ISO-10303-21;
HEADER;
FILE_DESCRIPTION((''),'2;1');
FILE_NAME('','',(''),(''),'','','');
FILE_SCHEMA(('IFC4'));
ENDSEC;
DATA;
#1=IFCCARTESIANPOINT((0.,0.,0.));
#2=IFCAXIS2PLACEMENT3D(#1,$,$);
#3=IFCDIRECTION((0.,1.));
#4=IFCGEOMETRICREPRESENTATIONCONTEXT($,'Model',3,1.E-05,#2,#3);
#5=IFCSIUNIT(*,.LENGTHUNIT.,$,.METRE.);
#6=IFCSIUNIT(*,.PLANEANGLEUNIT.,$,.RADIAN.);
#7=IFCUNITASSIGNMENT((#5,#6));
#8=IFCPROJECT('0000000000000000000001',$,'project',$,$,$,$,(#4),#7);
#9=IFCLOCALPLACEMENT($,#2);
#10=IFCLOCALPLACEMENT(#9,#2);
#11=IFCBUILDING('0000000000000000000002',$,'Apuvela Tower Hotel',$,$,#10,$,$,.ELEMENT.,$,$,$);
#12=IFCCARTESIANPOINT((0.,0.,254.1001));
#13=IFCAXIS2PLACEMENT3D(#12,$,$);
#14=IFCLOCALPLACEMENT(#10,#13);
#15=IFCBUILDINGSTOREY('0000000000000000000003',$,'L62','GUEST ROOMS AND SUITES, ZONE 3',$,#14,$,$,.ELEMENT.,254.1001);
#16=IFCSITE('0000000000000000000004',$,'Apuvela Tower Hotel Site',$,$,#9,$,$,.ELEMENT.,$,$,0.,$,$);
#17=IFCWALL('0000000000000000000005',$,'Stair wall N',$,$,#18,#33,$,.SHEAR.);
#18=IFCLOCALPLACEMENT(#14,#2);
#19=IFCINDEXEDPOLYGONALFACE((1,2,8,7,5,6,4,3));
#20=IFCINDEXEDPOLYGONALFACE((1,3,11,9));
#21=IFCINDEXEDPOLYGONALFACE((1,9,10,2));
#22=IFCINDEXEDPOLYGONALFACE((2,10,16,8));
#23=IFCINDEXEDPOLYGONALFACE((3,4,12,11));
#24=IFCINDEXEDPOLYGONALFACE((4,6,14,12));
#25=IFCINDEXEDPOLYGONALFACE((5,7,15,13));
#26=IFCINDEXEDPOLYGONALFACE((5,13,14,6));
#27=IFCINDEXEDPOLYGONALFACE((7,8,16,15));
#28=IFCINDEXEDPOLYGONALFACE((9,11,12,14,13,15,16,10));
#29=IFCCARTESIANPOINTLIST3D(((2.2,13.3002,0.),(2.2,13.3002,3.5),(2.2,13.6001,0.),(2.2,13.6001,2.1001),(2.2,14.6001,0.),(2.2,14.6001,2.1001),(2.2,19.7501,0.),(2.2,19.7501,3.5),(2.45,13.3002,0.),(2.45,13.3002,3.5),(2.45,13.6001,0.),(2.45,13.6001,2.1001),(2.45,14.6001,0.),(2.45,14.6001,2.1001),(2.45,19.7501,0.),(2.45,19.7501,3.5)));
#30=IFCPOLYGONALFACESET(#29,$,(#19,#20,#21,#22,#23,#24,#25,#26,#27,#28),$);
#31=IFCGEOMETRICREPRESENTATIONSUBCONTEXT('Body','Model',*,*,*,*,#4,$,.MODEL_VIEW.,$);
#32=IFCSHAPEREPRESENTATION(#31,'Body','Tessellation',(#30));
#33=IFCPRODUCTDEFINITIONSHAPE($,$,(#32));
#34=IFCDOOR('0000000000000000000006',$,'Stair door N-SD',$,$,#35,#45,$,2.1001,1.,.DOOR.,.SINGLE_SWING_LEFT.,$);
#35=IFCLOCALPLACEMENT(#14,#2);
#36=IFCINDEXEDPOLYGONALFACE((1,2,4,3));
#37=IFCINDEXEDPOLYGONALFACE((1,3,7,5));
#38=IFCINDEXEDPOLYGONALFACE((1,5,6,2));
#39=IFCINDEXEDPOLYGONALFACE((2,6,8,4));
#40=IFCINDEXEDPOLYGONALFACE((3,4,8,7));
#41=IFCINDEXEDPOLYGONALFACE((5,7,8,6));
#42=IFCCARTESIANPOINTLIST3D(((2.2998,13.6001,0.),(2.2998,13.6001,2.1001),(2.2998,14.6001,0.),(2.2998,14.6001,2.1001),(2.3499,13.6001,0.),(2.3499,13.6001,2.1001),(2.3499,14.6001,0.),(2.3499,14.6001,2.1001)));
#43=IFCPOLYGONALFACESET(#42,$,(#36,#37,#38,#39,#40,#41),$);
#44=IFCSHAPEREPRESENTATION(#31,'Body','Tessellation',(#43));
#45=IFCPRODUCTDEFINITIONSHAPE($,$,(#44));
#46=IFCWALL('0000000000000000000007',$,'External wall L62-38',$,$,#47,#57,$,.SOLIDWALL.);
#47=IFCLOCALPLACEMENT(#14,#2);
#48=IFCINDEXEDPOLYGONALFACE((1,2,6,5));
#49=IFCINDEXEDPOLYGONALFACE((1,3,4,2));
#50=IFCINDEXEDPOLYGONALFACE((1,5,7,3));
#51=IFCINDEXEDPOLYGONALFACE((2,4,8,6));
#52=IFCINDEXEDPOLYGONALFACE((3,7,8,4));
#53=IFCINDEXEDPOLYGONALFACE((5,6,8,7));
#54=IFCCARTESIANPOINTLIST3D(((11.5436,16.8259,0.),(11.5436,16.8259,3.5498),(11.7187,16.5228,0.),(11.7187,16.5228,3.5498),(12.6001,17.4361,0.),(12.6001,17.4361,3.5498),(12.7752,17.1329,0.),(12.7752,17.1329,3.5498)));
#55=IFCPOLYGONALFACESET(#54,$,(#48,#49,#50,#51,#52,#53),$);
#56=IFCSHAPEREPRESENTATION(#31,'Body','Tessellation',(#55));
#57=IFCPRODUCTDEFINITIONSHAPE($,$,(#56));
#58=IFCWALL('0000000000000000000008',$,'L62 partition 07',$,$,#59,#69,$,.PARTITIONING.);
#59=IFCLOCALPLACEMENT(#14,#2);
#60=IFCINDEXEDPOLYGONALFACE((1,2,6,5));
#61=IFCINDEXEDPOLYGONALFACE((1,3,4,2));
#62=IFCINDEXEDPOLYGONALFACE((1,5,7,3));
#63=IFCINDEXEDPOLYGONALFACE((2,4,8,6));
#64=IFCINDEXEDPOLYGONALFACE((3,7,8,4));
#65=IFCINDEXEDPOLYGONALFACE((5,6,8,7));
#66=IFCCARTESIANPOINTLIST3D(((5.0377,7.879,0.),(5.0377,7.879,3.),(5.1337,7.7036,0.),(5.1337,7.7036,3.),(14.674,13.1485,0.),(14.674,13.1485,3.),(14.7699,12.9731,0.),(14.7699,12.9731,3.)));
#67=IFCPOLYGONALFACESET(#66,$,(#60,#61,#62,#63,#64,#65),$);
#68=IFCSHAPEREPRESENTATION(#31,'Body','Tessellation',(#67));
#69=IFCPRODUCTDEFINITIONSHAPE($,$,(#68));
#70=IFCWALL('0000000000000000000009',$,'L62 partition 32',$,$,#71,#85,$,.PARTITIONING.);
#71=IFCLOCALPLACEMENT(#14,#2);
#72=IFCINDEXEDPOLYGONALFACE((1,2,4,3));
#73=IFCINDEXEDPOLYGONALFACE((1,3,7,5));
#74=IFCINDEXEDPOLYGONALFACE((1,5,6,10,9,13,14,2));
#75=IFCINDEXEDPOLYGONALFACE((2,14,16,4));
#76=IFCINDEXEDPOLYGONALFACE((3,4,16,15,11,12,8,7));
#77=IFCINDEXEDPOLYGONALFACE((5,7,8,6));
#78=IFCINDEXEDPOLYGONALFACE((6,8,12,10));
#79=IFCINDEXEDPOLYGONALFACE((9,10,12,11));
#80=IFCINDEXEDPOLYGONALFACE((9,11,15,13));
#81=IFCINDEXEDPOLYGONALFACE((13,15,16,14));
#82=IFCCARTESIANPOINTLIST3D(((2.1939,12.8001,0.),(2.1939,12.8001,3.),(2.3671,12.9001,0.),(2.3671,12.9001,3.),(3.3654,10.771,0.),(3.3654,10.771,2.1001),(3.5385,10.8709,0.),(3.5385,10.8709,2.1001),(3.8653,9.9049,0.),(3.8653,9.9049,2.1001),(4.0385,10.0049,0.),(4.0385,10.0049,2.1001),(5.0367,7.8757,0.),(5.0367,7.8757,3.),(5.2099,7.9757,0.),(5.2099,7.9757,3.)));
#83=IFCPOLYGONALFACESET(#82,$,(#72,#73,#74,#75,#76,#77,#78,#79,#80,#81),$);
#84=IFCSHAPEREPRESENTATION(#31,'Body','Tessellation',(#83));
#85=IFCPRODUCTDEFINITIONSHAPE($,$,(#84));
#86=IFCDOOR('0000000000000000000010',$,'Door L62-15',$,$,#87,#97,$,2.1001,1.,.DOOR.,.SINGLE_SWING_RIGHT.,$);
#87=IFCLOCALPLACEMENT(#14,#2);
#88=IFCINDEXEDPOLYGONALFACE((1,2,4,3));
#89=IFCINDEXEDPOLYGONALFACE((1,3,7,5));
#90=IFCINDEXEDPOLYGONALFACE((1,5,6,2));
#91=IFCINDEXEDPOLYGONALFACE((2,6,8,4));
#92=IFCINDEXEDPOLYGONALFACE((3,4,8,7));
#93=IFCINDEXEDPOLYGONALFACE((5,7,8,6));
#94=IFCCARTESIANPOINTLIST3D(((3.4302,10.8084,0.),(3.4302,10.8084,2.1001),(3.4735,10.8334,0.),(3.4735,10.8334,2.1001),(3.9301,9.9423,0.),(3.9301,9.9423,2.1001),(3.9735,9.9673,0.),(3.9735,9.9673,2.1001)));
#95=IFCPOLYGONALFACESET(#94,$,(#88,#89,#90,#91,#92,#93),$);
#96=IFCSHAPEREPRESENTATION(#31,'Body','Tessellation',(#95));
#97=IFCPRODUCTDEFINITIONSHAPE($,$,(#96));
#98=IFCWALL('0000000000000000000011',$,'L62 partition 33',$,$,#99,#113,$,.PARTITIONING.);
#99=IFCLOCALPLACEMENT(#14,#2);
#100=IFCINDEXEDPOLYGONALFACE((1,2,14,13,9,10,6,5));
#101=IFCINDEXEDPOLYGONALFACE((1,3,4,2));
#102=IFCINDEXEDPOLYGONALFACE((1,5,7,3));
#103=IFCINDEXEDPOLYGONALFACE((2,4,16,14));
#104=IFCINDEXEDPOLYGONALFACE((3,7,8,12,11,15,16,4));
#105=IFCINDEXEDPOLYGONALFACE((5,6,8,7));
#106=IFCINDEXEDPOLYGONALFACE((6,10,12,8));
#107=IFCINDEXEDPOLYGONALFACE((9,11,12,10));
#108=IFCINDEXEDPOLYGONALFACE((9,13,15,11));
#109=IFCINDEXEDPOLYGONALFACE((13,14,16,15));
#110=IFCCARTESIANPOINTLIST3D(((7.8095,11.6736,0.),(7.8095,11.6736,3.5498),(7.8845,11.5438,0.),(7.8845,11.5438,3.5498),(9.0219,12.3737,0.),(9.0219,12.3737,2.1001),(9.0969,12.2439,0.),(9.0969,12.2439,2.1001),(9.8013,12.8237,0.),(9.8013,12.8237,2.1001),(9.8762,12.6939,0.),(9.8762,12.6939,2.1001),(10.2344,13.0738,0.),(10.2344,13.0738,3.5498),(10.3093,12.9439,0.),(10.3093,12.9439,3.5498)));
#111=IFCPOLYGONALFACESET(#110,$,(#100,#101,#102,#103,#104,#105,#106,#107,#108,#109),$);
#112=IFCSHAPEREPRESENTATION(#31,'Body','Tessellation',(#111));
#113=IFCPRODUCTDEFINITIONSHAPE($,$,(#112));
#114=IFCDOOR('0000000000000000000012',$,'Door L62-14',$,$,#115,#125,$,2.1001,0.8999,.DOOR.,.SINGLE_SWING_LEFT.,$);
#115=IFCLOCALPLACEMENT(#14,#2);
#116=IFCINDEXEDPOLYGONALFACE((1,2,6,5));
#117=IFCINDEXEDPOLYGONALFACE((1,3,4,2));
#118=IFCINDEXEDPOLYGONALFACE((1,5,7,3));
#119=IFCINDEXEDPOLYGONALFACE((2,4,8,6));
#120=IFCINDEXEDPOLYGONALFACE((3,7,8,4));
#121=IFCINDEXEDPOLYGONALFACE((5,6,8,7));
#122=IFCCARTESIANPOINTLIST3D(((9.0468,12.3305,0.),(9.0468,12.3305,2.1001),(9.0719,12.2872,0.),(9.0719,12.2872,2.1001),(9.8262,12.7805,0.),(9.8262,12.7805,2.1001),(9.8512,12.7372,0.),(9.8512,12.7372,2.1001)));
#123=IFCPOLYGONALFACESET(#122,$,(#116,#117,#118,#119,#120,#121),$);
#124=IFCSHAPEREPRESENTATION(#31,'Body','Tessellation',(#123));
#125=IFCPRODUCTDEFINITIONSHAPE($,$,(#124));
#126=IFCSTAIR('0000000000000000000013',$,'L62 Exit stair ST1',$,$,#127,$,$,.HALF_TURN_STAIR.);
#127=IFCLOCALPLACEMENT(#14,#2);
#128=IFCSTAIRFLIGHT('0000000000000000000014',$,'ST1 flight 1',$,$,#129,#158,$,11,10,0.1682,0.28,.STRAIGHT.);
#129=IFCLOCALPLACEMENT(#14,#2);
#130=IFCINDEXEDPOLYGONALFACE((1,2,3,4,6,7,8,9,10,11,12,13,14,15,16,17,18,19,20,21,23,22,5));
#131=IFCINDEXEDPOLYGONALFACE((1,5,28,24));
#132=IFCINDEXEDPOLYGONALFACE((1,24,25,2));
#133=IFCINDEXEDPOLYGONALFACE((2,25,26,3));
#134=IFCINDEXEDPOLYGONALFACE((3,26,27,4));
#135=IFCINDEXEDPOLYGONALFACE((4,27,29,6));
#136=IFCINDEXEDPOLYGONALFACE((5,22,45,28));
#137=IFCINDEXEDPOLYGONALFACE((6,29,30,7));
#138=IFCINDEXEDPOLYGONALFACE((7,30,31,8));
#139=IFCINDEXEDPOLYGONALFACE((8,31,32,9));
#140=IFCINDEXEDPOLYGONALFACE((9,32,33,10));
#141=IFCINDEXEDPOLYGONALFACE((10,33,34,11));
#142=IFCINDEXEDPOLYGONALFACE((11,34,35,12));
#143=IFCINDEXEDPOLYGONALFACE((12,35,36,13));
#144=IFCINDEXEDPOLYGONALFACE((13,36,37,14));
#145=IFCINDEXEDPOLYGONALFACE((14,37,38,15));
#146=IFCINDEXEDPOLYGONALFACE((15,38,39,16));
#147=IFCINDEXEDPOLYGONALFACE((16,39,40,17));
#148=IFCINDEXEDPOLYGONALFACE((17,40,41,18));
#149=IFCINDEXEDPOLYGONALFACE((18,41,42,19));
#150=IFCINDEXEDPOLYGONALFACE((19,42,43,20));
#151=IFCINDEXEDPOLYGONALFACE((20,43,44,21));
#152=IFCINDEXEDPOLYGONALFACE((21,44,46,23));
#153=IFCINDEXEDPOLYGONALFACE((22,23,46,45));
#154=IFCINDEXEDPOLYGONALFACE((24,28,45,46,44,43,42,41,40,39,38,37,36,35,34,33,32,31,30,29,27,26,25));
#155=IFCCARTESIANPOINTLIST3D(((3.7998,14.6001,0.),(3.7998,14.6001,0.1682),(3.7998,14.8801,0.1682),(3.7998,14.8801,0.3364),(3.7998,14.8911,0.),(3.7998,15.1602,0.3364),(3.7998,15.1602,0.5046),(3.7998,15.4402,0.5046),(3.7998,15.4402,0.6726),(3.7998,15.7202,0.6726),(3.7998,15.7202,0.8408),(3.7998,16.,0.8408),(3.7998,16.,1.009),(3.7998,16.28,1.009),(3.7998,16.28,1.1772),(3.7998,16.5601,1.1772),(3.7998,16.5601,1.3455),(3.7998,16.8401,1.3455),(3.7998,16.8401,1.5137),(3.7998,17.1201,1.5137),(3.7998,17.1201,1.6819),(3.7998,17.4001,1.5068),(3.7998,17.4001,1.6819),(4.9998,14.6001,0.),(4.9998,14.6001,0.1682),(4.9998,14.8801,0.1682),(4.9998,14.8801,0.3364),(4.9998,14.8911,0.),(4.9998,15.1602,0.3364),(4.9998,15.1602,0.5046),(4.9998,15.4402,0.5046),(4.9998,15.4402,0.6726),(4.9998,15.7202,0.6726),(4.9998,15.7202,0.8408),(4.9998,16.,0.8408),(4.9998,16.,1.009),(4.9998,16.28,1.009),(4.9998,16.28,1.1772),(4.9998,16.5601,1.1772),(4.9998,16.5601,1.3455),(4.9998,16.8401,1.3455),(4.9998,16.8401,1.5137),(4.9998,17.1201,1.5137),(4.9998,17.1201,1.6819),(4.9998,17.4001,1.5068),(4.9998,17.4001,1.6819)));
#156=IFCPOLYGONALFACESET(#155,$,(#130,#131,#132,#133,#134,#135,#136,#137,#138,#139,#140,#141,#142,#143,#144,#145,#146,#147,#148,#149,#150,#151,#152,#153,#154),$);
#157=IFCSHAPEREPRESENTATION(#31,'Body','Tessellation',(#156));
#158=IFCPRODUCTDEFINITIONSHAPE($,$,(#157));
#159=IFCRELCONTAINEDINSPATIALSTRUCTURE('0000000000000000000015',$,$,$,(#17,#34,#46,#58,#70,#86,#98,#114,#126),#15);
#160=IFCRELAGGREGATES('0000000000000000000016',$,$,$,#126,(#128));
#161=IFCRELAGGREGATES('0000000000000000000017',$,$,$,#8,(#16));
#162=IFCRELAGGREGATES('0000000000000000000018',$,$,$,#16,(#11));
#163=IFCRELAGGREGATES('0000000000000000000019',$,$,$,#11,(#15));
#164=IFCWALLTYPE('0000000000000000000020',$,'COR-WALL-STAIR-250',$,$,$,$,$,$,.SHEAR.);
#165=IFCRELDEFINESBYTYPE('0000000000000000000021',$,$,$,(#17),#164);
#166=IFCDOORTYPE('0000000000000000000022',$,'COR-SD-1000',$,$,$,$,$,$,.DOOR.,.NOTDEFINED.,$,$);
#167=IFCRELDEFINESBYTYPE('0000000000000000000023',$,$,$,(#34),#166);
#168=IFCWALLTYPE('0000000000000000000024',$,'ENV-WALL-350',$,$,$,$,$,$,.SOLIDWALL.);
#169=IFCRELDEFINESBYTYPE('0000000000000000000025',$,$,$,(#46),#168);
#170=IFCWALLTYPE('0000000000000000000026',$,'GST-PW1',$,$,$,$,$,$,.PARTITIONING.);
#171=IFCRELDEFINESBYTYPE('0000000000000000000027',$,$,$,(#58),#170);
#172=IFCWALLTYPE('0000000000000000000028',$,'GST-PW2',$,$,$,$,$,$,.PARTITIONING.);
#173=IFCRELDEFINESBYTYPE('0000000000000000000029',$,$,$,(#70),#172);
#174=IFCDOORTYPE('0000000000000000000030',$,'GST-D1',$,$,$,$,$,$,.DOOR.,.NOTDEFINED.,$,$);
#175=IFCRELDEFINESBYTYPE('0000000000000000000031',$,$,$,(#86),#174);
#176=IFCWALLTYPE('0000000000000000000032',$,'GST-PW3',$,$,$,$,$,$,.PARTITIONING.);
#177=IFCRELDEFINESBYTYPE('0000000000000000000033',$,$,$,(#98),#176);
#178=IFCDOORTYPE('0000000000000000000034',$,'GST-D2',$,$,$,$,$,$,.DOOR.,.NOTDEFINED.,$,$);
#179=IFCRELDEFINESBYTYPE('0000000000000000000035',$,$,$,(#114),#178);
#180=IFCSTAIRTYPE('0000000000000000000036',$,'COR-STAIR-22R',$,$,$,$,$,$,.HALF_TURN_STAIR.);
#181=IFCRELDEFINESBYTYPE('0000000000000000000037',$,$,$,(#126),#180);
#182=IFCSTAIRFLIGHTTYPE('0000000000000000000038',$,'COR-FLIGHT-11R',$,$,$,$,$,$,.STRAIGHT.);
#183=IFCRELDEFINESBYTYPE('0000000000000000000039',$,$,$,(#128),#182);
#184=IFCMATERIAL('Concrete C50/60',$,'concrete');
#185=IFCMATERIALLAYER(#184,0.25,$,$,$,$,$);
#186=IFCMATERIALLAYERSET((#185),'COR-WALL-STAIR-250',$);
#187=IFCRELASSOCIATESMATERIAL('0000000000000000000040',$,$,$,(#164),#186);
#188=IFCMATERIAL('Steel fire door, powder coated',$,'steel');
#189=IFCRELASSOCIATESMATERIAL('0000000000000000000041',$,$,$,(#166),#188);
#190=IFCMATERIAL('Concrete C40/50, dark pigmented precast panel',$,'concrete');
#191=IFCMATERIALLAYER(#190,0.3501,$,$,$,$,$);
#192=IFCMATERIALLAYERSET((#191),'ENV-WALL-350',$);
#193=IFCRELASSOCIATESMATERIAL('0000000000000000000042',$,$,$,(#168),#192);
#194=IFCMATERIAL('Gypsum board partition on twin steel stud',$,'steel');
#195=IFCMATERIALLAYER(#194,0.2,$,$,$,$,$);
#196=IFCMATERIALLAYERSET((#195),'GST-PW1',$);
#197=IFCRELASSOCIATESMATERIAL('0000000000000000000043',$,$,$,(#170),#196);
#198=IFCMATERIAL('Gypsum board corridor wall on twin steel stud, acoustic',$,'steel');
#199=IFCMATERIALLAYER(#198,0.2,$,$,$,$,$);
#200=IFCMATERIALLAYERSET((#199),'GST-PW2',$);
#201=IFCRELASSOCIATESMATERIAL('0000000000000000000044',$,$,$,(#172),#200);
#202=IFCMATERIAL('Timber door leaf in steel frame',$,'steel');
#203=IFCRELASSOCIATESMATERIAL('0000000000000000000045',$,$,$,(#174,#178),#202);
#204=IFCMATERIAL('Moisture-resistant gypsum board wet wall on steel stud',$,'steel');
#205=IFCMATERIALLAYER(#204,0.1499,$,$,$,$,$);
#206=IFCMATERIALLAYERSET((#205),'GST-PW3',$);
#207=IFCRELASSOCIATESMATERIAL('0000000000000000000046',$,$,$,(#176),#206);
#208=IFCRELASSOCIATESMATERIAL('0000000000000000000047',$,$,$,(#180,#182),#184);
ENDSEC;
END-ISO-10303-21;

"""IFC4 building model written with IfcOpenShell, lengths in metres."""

from ifc_helpers import new_model, si_unit, direction, frame, frame_2d, origin, place, context, subcontext, project, spatial, polyline, rectangle, outline, extrude, material, layer, layer_set, type_object, element, fill, aggregate, save


model = new_model("IFC4")

# Units and contexts
model_context = context("Model", 3, precision=1e-05, world=origin(), true_north=direction((0.0, 1.0)))
body_context = subcontext(model_context, "Body", "Model", "MODEL_VIEW")
ifc_project = project(units=[si_unit("LENGTHUNIT", "METRE"), si_unit("PLANEANGLEUNIT", "RADIAN")], contexts=[model_context])

# Site, building, storey
site_placement = place(None, origin())
site = spatial("IfcSite", under=ifc_project, at=site_placement, Name="Apuvela Tower Hotel Site", CompositionType="ELEMENT", RefElevation=0.0)
building_placement = place(site_placement, origin())
building = spatial("IfcBuilding", under=site, at=building_placement, Name="Apuvela Tower Hotel", CompositionType="ELEMENT")
storey_placement = place(building_placement, frame((0.0, 0.0, 254.1001)))
storey = spatial("IfcBuildingStorey", under=building, at=storey_placement, Name="L62", Description="GUEST ROOMS AND SUITES, ZONE 3", CompositionType="ELEMENT", Elevation=254.1001)

# Shared definitions
ifc_material_1 = material(Name="Concrete C50/60", Category="concrete")
ifc_material_2 = material(Name="Steel fire door, powder coated", Category="steel")

# Wall, opening, door
ifc_layer_1 = layer(ifc_material_1, 0.25)
ifc_layer_set_1 = layer_set([ifc_layer_1], Name="COR-WALL-STAIR-250")
wall_type_1 = type_object("IfcWallType", Name="COR-WALL-STAIR-250", PredefinedType="SHEAR", material=ifc_layer_set_1)
wall_1_placement = place(storey_placement, frame((2.325, 13.3, 0.0), z_axis=(0.0, 0.0, 1.0), x_axis=(0.0, 1.0, 0.0)))
wall_1 = element("IfcWall", 1, at=wall_1_placement, inside=storey, type_object=wall_type_1, Name="Stair wall N", PredefinedType="SHEAR", context=body_context, shape_type="SweptSolid", body=[
    extrude(rectangle(XDim=6.45, YDim=0.25, at=frame_2d((3.2251, 0.0))), origin(), (0.0, 0.0, 1.0), 3.5),
])
opening_1_placement = place(wall_1_placement, frame((0.3, 0.0, 0.0)))
opening_1 = element("IfcOpeningElement", 2, at=opening_1_placement, cuts=wall_1, PredefinedType="OPENING", context=body_context, shape_type="SweptSolid", body=[
    extrude(rectangle(XDim=1.0, YDim=2.1001, at=frame_2d((0.5, 1.05))), frame((0.0, 0.135, 0.0), z_axis=(0.0, -1.0, 0.0), x_axis=(1.0, 0.0, 0.0)), (0.0, 0.0, 1.0), 0.27),
])
door_type_1 = type_object("IfcDoorType", Name="COR-SD-1000", OperationType="NOTDEFINED", PredefinedType="DOOR", material=ifc_material_2)
door_1_placement = place(opening_1_placement, frame((1.0, 0.0, 0.0), z_axis=(0.0, 0.0, 1.0), x_axis=(-1.0, 0.0, 0.0)))
door_1 = element("IfcDoor", 3, at=door_1_placement, inside=storey, type_object=door_type_1, Name="Stair door N-SD", OperationType="SINGLE_SWING_LEFT", OverallHeight=2.1001, OverallWidth=1.0, PredefinedType="DOOR", context=body_context, shape_type="SweptSolid", body=[
    extrude(rectangle(XDim=1.0, YDim=2.1001, at=frame_2d((0.5, 1.05))), frame((0.0, 0.0249, 0.0), z_axis=(0.0, -1.0, 0.0), x_axis=(1.0, 0.0, 0.0)), (0.0, 0.0, 1.0), 0.05),
])
fill(opening_1, door_1)

# Wall
ifc_material_3 = material(Name="Concrete C40/50, dark pigmented precast panel", Category="concrete")
ifc_layer_2 = layer(ifc_material_3, 0.3501)
ifc_layer_set_2 = layer_set([ifc_layer_2], Name="ENV-WALL-350")
wall_type_2 = type_object("IfcWallType", Name="ENV-WALL-350", PredefinedType="SOLIDWALL", material=ifc_layer_set_2)
wall_2_placement = place(storey_placement, frame((12.6875, 17.2844, 0.0), z_axis=(0.0, 0.0, 1.0), x_axis=(-0.865956, -0.500121, 0.0)))
element("IfcWall", 4, at=wall_2_placement, inside=storey, type_object=wall_type_2, Name="External wall L62-38", PredefinedType="SOLIDWALL", context=body_context, shape_type="SweptSolid", body=[
    extrude(rectangle(XDim=1.22, YDim=0.3501, at=frame_2d((0.6099, 0.0))), origin(), (0.0, 0.0, 1.0), 3.5498),
])

# Wall
ifc_material_4 = material(Name="Gypsum board partition on twin steel stud", Category="steel")
ifc_layer_3 = layer(ifc_material_4, 0.2)
ifc_layer_set_3 = layer_set([ifc_layer_3], Name="GST-PW1")
wall_type_3 = type_object("IfcWallType", Name="GST-PW1", PredefinedType="PARTITIONING", material=ifc_layer_set_3)
wall_3_placement = place(storey_placement, frame((14.7219, 13.0608, 0.0), z_axis=(0.0, 0.0, 1.0), x_axis=(-0.877382, -0.479793, 0.0)))
element("IfcWall", 5, at=wall_3_placement, inside=storey, type_object=wall_type_3, Name="L62 partition 07", PredefinedType="PARTITIONING", context=body_context, shape_type="SweptSolid", body=[
    extrude(rectangle(XDim=10.9829, YDim=0.2, at=frame_2d((5.4915, 0.0))), origin(), (0.0, 0.0, 1.0), 3.0),
])

# Walls, openings, doors
ifc_material_5 = material(Name="Gypsum board corridor wall on twin steel stud, acoustic", Category="steel")
ifc_layer_4 = layer(ifc_material_5, 0.2)
ifc_layer_set_4 = layer_set([ifc_layer_4], Name="GST-PW2")
wall_type_4 = type_object("IfcWallType", Name="GST-PW2", PredefinedType="PARTITIONING", material=ifc_layer_set_4)
wall_4_placement = place(storey_placement, frame((2.2805, 12.8501, 0.0), z_axis=(0.0, 0.0, 1.0), x_axis=(0.499963, -0.866047, 0.0)))
wall_4 = element("IfcWall", 6, at=wall_4_placement, inside=storey, type_object=wall_type_4, Name="L62 partition 32", PredefinedType="PARTITIONING", context=body_context, shape_type="SweptSolid", body=[
    extrude(rectangle(XDim=5.686, YDim=0.2, at=frame_2d((2.843, 0.0))), origin(), (0.0, 0.0, 1.0), 3.0),
])
opening_2_placement = place(wall_4_placement, frame((2.343, 0.0, 0.0)))
opening_2 = element("IfcOpeningElement", 7, at=opening_2_placement, cuts=wall_4, PredefinedType="OPENING", context=body_context, shape_type="SweptSolid", body=[
    extrude(rectangle(XDim=1.0, YDim=2.1001, at=frame_2d((0.5, 1.05))), frame((0.0, 0.1099, 0.0), z_axis=(0.0, -1.0, 0.0), x_axis=(1.0, 0.0, 0.0)), (0.0, 0.0, 1.0), 0.22),
])
ifc_material_6 = material(Name="Timber door leaf in steel frame", Category="steel")
door_type_2 = type_object("IfcDoorType", Name="GST-D1", OperationType="NOTDEFINED", PredefinedType="DOOR", material=ifc_material_6)
door_2_placement = place(opening_2_placement, origin())
door_2 = element("IfcDoor", 8, at=door_2_placement, inside=storey, type_object=door_type_2, Name="Door L62-15", OperationType="SINGLE_SWING_RIGHT", OverallHeight=2.1001, OverallWidth=1.0, PredefinedType="DOOR", context=body_context, shape_type="SweptSolid", body=[
    extrude(rectangle(XDim=1.0, YDim=2.1001, at=frame_2d((0.5, 1.05))), frame((0.0, 0.0249, 0.0), z_axis=(0.0, -1.0, 0.0), x_axis=(1.0, 0.0, 0.0)), (0.0, 0.0, 1.0), 0.05),
])
fill(opening_2, door_2)
ifc_material_7 = material(Name="Moisture-resistant gypsum board wet wall on steel stud", Category="steel")
ifc_layer_5 = layer(ifc_material_7, 0.1499)
ifc_layer_set_5 = layer_set([ifc_layer_5], Name="GST-PW3")
wall_type_5 = type_object("IfcWallType", Name="GST-PW3", PredefinedType="PARTITIONING", material=ifc_layer_set_5)
wall_5_placement = place(storey_placement, frame((10.2717, 13.0088, 0.0), z_axis=(0.0, 0.0, 1.0), x_axis=(-0.865997, -0.50005, 0.0)))
wall_5 = element("IfcWall", 9, at=wall_5_placement, inside=storey, type_object=wall_type_5, Name="L62 partition 33", PredefinedType="PARTITIONING", context=body_context, shape_type="SweptSolid", body=[
    extrude(rectangle(XDim=2.8, YDim=0.1499, at=frame_2d((1.3999, 0.0))), origin(), (0.0, 0.0, 1.0), 3.5498),
])
opening_3_placement = place(wall_5_placement, frame((0.5, 0.0, 0.0)))
opening_3 = element("IfcOpeningElement", 10, at=opening_3_placement, cuts=wall_5, PredefinedType="OPENING", context=body_context, shape_type="SweptSolid", body=[
    extrude(rectangle(XDim=0.8999, YDim=2.1001, at=frame_2d((0.45, 1.05))), frame((0.0, 0.085, 0.0), z_axis=(0.0, -1.0, 0.0), x_axis=(1.0, 0.0, 0.0)), (0.0, 0.0, 1.0), 0.1699),
])
door_type_3 = type_object("IfcDoorType", Name="GST-D2", OperationType="NOTDEFINED", PredefinedType="DOOR", material=ifc_material_6)
door_3_placement = place(opening_3_placement, origin())
door_3 = element("IfcDoor", 11, at=door_3_placement, inside=storey, type_object=door_type_3, Name="Door L62-14", OperationType="SINGLE_SWING_LEFT", OverallHeight=2.1001, OverallWidth=0.8999, PredefinedType="DOOR", context=body_context, shape_type="SweptSolid", body=[
    extrude(rectangle(XDim=0.8999, YDim=2.1001, at=frame_2d((0.45, 1.05))), frame((0.0, 0.0249, 0.0), z_axis=(0.0, -1.0, 0.0), x_axis=(1.0, 0.0, 0.0)), (0.0, 0.0, 1.0), 0.05),
])
fill(opening_3, door_3)

# Stair, stair flight
stair_type = type_object("IfcStairType", Name="COR-STAIR-22R", PredefinedType="HALF_TURN_STAIR", material=ifc_material_1)
stair_placement = place(storey_placement, origin())
stair = element("IfcStair", 12, at=stair_placement, inside=storey, type_object=stair_type, Name="L62 Exit stair ST1", PredefinedType="HALF_TURN_STAIR")
stair_flight_type = type_object("IfcStairFlightType", Name="COR-FLIGHT-11R", PredefinedType="STRAIGHT", material=ifc_material_1)
stair_flight_placement = place(storey_placement, frame((4.3999, 14.6001, 0.0), z_axis=(0.0, 0.0, 1.0), x_axis=(0.0, 1.0, 0.0)))
stair_flight = element("IfcStairFlight", 13, at=stair_flight_placement, type_object=stair_flight_type, Name="ST1 flight 1", NumberOfRisers=11, NumberOfTreads=10, PredefinedType="STRAIGHT", RiserHeight=0.1682, TreadLength=0.28, context=body_context, shape_type="SweptSolid", body=[
    extrude(outline(polyline([(0.0, 0.0), (0.0, 0.1682), (0.28, 0.1682), (0.28, 0.3364), (0.5601, 0.3364), (0.5601, 0.5046), (0.8401, 0.5046), (0.8401, 0.6726), (1.1201, 0.6726), (1.1201, 0.8408), (1.3999, 0.8408), (1.3999, 1.009), (1.6799, 1.009), (1.6799, 1.1772), (1.96, 1.1772), (1.96, 1.3455), (2.24, 1.3455), (2.24, 1.5137), (2.52, 1.5137), (2.52, 1.6819), (2.8, 1.6819), (2.8, 1.8501), (2.8, 1.5068), (0.291, 0.0), (0.0, 0.0)])), frame((0.0, 0.6001, 0.0), z_axis=(0.0, -1.0, 0.0), x_axis=(1.0, 0.0, 0.0)), (0.0, 0.0, 1.0), 1.2),
])
aggregate(stair, [stair_flight])

save(model, "model.ifc")
